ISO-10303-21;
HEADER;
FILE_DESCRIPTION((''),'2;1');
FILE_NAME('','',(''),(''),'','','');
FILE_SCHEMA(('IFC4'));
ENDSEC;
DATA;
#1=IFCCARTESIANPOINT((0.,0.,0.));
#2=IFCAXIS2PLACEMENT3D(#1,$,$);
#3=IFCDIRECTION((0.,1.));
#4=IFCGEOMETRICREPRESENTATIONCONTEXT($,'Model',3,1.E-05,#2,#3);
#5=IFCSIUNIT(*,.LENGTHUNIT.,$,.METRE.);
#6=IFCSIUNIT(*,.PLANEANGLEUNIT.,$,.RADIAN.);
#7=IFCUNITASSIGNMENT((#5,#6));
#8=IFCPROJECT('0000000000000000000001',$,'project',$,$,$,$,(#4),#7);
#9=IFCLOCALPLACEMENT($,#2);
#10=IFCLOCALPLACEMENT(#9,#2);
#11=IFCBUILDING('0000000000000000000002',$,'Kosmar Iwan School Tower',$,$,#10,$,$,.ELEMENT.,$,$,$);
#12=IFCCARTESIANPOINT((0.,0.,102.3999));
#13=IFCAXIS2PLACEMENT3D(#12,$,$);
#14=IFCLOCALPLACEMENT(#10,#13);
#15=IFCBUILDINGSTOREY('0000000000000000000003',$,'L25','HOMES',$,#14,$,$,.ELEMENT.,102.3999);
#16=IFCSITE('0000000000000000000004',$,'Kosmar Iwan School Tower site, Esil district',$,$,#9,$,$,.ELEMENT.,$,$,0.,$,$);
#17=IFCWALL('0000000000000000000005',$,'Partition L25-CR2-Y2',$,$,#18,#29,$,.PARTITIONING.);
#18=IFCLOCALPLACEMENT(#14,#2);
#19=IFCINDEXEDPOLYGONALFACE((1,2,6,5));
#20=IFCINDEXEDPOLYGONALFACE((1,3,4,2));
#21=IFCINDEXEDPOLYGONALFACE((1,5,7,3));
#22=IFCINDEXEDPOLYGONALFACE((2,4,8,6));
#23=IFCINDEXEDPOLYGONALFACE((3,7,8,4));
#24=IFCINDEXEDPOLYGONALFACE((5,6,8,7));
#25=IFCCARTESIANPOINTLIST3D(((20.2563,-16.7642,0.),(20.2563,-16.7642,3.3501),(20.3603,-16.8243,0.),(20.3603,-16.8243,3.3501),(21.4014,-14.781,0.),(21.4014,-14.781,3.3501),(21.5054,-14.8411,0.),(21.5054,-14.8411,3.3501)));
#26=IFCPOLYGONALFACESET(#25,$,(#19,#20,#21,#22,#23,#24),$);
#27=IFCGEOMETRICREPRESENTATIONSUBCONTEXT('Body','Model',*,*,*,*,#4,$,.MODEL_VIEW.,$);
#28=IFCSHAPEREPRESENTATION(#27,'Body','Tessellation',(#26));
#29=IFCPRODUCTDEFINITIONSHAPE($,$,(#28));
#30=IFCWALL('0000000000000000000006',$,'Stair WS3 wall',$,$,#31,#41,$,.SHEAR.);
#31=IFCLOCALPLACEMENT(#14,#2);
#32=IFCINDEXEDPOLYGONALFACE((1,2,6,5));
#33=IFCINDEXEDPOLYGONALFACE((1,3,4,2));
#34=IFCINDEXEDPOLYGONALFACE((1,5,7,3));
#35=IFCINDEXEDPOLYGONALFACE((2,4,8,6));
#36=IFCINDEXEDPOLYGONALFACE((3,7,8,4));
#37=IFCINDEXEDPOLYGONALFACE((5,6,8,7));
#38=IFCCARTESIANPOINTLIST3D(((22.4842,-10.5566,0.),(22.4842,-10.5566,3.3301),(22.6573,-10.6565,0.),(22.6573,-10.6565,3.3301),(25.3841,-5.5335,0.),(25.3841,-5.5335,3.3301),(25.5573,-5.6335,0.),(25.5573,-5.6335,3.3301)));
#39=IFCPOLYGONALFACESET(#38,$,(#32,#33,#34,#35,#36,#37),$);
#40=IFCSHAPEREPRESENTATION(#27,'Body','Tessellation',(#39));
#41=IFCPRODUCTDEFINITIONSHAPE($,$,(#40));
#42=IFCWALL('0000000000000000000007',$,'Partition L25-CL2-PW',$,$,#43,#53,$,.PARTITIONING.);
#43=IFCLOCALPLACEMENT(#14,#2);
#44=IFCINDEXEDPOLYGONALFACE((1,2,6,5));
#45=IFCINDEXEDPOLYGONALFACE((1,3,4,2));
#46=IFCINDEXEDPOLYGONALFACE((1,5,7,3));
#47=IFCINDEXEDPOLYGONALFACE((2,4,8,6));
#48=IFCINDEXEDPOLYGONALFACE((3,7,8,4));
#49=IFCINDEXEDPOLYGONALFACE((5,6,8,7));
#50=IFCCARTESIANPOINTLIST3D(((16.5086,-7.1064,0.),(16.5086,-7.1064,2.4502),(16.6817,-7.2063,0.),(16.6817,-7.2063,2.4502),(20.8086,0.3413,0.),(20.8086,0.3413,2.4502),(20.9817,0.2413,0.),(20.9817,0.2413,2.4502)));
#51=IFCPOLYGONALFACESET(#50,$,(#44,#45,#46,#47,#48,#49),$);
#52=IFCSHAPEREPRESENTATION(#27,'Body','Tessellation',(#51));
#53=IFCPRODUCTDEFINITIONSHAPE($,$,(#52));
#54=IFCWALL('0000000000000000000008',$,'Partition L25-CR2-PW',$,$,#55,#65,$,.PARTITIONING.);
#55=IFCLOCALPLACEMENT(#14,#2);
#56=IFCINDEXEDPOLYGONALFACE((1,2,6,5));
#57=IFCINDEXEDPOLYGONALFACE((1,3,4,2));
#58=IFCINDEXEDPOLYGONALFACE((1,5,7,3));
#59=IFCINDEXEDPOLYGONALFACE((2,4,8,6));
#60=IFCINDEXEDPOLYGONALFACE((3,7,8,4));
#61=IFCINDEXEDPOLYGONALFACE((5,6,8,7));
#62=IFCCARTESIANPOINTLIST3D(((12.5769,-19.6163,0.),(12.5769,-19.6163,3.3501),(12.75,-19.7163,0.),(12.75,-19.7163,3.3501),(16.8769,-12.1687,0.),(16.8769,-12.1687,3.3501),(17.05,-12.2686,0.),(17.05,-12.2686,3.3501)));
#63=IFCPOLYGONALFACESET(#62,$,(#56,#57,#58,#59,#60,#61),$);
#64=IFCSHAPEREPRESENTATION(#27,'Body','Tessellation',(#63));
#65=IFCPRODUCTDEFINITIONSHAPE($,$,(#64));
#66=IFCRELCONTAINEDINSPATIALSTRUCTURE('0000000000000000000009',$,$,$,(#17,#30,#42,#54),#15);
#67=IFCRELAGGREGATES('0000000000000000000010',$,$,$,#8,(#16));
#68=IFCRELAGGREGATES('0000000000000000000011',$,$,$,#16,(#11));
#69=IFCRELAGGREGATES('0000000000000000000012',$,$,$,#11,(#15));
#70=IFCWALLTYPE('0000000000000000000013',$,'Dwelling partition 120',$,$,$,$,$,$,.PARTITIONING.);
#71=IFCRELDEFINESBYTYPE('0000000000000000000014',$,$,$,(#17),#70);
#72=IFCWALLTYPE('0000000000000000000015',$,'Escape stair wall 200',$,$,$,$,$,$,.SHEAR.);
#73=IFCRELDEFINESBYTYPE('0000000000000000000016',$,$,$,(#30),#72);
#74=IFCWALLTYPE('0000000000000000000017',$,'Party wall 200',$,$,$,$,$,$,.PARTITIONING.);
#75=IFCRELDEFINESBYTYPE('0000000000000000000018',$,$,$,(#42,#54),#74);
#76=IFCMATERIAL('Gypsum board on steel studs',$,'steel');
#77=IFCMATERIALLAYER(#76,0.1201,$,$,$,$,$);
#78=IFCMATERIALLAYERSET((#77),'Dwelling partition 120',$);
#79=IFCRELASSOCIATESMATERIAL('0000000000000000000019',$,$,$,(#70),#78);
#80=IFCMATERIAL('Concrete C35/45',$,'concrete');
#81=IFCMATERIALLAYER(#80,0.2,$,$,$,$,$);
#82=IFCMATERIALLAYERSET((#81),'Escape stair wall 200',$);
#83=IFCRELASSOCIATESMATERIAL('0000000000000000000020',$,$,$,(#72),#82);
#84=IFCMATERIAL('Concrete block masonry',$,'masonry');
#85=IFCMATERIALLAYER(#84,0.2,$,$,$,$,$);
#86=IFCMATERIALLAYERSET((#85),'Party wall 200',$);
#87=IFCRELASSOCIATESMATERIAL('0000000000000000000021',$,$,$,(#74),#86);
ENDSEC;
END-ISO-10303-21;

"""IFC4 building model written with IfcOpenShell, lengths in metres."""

from ifc_helpers import new_model, si_unit, direction, frame, frame_2d, origin, place, context, subcontext, project, spatial, rectangle, extrude, material, layer, layer_set, type_object, element, save


model = new_model("IFC4")

# Units and contexts
model_context = context("Model", 3, precision=1e-05, world=origin(), true_north=direction((0.0, 1.0)))
body_context = subcontext(model_context, "Body", "Model", "MODEL_VIEW")
ifc_project = project(units=[si_unit("LENGTHUNIT", "METRE"), si_unit("PLANEANGLEUNIT", "RADIAN")], contexts=[model_context])

# Site, building, storey
site_placement = place(None, origin())
site = spatial("IfcSite", under=ifc_project, at=site_placement, Name="Kosmar Iwan School Tower site, Esil district", CompositionType="ELEMENT", RefElevation=0.0)
building_placement = place(site_placement, origin())
building = spatial("IfcBuilding", under=site, at=building_placement, Name="Kosmar Iwan School Tower", CompositionType="ELEMENT")
storey_placement = place(building_placement, frame((0.0, 0.0, 102.3999)))
storey = spatial("IfcBuildingStorey", under=building, at=storey_placement, Name="L25", Description="HOMES", CompositionType="ELEMENT", Elevation=102.3999)

# Shared definitions
ifc_material_1 = material(Name="Gypsum board on steel studs", Category="steel")
ifc_layer_1 = layer(ifc_material_1, 0.1201)
ifc_layer_set_1 = layer_set([ifc_layer_1], Name="Dwelling partition 120")
wall_type_1 = type_object("IfcWallType", Name="Dwelling partition 120", PredefinedType="PARTITIONING", material=ifc_layer_set_1)

# Walls
wall_1_placement = place(storey_placement, frame((21.4534, -14.811, 0.0), z_axis=(0.0, 0.0, 1.0), x_axis=(-0.500015, -0.866017, 0.0)))
element("IfcWall", 1, at=wall_1_placement, inside=storey, type_object=wall_type_1, Name="Partition L25-CR2-Y2", PredefinedType="PARTITIONING", context=body_context, shape_type="SweptSolid", body=[
    extrude(rectangle(XDim=2.29, YDim=0.1201, at=frame_2d((1.145, 0.0))), origin(), (0.0, 0.0, 1.0), 3.3501),
])
ifc_material_2 = material(Name="Concrete C35/45", Category="concrete")
ifc_layer_2 = layer(ifc_material_2, 0.2)
ifc_layer_set_2 = layer_set([ifc_layer_2], Name="Escape stair wall 200")
wall_type_2 = type_object("IfcWallType", Name="Escape stair wall 200", PredefinedType="SHEAR", material=ifc_layer_set_2)
wall_2_placement = place(storey_placement, frame((22.5708, -10.6064, 0.0), z_axis=(0.0, 0.0, 1.0), x_axis=(0.499987, 0.866033, 0.0)))
element("IfcWall", 2, at=wall_2_placement, inside=storey, type_object=wall_type_2, Name="Stair WS3 wall", PredefinedType="SHEAR", context=body_context, shape_type="SweptSolid", body=[
    extrude(rectangle(XDim=5.8, YDim=0.2, at=frame_2d((2.8999, 0.0))), origin(), (0.0, 0.0, 1.0), 3.3301),
])
ifc_material_3 = material(Name="Concrete block masonry", Category="masonry")
ifc_layer_3 = layer(ifc_material_3, 0.2)
ifc_layer_set_3 = layer_set([ifc_layer_3], Name="Party wall 200")
wall_type_3 = type_object("IfcWallType", Name="Party wall 200", PredefinedType="PARTITIONING", material=ifc_layer_set_3)
wall_3_placement = place(storey_placement, frame((16.5952, -7.1562, 0.0), z_axis=(0.0, 0.0, 1.0), x_axis=(0.500008, 0.866021, 0.0)))
element("IfcWall", 3, at=wall_3_placement, inside=storey, type_object=wall_type_3, Name="Partition L25-CL2-PW", PredefinedType="PARTITIONING", context=body_context, shape_type="SweptSolid", body=[
    extrude(rectangle(XDim=8.5999, YDim=0.2, at=frame_2d((4.2998, 0.0))), origin(), (0.0, 0.0, 1.0), 2.4502),
])
wall_4_placement = place(storey_placement, frame((16.9634, -12.2188, 0.0), z_axis=(0.0, 0.0, 1.0), x_axis=(-0.500008, -0.866021, 0.0)))
element("IfcWall", 4, at=wall_4_placement, inside=storey, type_object=wall_type_3, Name="Partition L25-CR2-PW", PredefinedType="PARTITIONING", context=body_context, shape_type="SweptSolid", body=[
    extrude(rectangle(XDim=8.5999, YDim=0.2, at=frame_2d((4.2998, 0.0))), origin(), (0.0, 0.0, 1.0), 3.3501),
])

save(model, "model.ifc")
